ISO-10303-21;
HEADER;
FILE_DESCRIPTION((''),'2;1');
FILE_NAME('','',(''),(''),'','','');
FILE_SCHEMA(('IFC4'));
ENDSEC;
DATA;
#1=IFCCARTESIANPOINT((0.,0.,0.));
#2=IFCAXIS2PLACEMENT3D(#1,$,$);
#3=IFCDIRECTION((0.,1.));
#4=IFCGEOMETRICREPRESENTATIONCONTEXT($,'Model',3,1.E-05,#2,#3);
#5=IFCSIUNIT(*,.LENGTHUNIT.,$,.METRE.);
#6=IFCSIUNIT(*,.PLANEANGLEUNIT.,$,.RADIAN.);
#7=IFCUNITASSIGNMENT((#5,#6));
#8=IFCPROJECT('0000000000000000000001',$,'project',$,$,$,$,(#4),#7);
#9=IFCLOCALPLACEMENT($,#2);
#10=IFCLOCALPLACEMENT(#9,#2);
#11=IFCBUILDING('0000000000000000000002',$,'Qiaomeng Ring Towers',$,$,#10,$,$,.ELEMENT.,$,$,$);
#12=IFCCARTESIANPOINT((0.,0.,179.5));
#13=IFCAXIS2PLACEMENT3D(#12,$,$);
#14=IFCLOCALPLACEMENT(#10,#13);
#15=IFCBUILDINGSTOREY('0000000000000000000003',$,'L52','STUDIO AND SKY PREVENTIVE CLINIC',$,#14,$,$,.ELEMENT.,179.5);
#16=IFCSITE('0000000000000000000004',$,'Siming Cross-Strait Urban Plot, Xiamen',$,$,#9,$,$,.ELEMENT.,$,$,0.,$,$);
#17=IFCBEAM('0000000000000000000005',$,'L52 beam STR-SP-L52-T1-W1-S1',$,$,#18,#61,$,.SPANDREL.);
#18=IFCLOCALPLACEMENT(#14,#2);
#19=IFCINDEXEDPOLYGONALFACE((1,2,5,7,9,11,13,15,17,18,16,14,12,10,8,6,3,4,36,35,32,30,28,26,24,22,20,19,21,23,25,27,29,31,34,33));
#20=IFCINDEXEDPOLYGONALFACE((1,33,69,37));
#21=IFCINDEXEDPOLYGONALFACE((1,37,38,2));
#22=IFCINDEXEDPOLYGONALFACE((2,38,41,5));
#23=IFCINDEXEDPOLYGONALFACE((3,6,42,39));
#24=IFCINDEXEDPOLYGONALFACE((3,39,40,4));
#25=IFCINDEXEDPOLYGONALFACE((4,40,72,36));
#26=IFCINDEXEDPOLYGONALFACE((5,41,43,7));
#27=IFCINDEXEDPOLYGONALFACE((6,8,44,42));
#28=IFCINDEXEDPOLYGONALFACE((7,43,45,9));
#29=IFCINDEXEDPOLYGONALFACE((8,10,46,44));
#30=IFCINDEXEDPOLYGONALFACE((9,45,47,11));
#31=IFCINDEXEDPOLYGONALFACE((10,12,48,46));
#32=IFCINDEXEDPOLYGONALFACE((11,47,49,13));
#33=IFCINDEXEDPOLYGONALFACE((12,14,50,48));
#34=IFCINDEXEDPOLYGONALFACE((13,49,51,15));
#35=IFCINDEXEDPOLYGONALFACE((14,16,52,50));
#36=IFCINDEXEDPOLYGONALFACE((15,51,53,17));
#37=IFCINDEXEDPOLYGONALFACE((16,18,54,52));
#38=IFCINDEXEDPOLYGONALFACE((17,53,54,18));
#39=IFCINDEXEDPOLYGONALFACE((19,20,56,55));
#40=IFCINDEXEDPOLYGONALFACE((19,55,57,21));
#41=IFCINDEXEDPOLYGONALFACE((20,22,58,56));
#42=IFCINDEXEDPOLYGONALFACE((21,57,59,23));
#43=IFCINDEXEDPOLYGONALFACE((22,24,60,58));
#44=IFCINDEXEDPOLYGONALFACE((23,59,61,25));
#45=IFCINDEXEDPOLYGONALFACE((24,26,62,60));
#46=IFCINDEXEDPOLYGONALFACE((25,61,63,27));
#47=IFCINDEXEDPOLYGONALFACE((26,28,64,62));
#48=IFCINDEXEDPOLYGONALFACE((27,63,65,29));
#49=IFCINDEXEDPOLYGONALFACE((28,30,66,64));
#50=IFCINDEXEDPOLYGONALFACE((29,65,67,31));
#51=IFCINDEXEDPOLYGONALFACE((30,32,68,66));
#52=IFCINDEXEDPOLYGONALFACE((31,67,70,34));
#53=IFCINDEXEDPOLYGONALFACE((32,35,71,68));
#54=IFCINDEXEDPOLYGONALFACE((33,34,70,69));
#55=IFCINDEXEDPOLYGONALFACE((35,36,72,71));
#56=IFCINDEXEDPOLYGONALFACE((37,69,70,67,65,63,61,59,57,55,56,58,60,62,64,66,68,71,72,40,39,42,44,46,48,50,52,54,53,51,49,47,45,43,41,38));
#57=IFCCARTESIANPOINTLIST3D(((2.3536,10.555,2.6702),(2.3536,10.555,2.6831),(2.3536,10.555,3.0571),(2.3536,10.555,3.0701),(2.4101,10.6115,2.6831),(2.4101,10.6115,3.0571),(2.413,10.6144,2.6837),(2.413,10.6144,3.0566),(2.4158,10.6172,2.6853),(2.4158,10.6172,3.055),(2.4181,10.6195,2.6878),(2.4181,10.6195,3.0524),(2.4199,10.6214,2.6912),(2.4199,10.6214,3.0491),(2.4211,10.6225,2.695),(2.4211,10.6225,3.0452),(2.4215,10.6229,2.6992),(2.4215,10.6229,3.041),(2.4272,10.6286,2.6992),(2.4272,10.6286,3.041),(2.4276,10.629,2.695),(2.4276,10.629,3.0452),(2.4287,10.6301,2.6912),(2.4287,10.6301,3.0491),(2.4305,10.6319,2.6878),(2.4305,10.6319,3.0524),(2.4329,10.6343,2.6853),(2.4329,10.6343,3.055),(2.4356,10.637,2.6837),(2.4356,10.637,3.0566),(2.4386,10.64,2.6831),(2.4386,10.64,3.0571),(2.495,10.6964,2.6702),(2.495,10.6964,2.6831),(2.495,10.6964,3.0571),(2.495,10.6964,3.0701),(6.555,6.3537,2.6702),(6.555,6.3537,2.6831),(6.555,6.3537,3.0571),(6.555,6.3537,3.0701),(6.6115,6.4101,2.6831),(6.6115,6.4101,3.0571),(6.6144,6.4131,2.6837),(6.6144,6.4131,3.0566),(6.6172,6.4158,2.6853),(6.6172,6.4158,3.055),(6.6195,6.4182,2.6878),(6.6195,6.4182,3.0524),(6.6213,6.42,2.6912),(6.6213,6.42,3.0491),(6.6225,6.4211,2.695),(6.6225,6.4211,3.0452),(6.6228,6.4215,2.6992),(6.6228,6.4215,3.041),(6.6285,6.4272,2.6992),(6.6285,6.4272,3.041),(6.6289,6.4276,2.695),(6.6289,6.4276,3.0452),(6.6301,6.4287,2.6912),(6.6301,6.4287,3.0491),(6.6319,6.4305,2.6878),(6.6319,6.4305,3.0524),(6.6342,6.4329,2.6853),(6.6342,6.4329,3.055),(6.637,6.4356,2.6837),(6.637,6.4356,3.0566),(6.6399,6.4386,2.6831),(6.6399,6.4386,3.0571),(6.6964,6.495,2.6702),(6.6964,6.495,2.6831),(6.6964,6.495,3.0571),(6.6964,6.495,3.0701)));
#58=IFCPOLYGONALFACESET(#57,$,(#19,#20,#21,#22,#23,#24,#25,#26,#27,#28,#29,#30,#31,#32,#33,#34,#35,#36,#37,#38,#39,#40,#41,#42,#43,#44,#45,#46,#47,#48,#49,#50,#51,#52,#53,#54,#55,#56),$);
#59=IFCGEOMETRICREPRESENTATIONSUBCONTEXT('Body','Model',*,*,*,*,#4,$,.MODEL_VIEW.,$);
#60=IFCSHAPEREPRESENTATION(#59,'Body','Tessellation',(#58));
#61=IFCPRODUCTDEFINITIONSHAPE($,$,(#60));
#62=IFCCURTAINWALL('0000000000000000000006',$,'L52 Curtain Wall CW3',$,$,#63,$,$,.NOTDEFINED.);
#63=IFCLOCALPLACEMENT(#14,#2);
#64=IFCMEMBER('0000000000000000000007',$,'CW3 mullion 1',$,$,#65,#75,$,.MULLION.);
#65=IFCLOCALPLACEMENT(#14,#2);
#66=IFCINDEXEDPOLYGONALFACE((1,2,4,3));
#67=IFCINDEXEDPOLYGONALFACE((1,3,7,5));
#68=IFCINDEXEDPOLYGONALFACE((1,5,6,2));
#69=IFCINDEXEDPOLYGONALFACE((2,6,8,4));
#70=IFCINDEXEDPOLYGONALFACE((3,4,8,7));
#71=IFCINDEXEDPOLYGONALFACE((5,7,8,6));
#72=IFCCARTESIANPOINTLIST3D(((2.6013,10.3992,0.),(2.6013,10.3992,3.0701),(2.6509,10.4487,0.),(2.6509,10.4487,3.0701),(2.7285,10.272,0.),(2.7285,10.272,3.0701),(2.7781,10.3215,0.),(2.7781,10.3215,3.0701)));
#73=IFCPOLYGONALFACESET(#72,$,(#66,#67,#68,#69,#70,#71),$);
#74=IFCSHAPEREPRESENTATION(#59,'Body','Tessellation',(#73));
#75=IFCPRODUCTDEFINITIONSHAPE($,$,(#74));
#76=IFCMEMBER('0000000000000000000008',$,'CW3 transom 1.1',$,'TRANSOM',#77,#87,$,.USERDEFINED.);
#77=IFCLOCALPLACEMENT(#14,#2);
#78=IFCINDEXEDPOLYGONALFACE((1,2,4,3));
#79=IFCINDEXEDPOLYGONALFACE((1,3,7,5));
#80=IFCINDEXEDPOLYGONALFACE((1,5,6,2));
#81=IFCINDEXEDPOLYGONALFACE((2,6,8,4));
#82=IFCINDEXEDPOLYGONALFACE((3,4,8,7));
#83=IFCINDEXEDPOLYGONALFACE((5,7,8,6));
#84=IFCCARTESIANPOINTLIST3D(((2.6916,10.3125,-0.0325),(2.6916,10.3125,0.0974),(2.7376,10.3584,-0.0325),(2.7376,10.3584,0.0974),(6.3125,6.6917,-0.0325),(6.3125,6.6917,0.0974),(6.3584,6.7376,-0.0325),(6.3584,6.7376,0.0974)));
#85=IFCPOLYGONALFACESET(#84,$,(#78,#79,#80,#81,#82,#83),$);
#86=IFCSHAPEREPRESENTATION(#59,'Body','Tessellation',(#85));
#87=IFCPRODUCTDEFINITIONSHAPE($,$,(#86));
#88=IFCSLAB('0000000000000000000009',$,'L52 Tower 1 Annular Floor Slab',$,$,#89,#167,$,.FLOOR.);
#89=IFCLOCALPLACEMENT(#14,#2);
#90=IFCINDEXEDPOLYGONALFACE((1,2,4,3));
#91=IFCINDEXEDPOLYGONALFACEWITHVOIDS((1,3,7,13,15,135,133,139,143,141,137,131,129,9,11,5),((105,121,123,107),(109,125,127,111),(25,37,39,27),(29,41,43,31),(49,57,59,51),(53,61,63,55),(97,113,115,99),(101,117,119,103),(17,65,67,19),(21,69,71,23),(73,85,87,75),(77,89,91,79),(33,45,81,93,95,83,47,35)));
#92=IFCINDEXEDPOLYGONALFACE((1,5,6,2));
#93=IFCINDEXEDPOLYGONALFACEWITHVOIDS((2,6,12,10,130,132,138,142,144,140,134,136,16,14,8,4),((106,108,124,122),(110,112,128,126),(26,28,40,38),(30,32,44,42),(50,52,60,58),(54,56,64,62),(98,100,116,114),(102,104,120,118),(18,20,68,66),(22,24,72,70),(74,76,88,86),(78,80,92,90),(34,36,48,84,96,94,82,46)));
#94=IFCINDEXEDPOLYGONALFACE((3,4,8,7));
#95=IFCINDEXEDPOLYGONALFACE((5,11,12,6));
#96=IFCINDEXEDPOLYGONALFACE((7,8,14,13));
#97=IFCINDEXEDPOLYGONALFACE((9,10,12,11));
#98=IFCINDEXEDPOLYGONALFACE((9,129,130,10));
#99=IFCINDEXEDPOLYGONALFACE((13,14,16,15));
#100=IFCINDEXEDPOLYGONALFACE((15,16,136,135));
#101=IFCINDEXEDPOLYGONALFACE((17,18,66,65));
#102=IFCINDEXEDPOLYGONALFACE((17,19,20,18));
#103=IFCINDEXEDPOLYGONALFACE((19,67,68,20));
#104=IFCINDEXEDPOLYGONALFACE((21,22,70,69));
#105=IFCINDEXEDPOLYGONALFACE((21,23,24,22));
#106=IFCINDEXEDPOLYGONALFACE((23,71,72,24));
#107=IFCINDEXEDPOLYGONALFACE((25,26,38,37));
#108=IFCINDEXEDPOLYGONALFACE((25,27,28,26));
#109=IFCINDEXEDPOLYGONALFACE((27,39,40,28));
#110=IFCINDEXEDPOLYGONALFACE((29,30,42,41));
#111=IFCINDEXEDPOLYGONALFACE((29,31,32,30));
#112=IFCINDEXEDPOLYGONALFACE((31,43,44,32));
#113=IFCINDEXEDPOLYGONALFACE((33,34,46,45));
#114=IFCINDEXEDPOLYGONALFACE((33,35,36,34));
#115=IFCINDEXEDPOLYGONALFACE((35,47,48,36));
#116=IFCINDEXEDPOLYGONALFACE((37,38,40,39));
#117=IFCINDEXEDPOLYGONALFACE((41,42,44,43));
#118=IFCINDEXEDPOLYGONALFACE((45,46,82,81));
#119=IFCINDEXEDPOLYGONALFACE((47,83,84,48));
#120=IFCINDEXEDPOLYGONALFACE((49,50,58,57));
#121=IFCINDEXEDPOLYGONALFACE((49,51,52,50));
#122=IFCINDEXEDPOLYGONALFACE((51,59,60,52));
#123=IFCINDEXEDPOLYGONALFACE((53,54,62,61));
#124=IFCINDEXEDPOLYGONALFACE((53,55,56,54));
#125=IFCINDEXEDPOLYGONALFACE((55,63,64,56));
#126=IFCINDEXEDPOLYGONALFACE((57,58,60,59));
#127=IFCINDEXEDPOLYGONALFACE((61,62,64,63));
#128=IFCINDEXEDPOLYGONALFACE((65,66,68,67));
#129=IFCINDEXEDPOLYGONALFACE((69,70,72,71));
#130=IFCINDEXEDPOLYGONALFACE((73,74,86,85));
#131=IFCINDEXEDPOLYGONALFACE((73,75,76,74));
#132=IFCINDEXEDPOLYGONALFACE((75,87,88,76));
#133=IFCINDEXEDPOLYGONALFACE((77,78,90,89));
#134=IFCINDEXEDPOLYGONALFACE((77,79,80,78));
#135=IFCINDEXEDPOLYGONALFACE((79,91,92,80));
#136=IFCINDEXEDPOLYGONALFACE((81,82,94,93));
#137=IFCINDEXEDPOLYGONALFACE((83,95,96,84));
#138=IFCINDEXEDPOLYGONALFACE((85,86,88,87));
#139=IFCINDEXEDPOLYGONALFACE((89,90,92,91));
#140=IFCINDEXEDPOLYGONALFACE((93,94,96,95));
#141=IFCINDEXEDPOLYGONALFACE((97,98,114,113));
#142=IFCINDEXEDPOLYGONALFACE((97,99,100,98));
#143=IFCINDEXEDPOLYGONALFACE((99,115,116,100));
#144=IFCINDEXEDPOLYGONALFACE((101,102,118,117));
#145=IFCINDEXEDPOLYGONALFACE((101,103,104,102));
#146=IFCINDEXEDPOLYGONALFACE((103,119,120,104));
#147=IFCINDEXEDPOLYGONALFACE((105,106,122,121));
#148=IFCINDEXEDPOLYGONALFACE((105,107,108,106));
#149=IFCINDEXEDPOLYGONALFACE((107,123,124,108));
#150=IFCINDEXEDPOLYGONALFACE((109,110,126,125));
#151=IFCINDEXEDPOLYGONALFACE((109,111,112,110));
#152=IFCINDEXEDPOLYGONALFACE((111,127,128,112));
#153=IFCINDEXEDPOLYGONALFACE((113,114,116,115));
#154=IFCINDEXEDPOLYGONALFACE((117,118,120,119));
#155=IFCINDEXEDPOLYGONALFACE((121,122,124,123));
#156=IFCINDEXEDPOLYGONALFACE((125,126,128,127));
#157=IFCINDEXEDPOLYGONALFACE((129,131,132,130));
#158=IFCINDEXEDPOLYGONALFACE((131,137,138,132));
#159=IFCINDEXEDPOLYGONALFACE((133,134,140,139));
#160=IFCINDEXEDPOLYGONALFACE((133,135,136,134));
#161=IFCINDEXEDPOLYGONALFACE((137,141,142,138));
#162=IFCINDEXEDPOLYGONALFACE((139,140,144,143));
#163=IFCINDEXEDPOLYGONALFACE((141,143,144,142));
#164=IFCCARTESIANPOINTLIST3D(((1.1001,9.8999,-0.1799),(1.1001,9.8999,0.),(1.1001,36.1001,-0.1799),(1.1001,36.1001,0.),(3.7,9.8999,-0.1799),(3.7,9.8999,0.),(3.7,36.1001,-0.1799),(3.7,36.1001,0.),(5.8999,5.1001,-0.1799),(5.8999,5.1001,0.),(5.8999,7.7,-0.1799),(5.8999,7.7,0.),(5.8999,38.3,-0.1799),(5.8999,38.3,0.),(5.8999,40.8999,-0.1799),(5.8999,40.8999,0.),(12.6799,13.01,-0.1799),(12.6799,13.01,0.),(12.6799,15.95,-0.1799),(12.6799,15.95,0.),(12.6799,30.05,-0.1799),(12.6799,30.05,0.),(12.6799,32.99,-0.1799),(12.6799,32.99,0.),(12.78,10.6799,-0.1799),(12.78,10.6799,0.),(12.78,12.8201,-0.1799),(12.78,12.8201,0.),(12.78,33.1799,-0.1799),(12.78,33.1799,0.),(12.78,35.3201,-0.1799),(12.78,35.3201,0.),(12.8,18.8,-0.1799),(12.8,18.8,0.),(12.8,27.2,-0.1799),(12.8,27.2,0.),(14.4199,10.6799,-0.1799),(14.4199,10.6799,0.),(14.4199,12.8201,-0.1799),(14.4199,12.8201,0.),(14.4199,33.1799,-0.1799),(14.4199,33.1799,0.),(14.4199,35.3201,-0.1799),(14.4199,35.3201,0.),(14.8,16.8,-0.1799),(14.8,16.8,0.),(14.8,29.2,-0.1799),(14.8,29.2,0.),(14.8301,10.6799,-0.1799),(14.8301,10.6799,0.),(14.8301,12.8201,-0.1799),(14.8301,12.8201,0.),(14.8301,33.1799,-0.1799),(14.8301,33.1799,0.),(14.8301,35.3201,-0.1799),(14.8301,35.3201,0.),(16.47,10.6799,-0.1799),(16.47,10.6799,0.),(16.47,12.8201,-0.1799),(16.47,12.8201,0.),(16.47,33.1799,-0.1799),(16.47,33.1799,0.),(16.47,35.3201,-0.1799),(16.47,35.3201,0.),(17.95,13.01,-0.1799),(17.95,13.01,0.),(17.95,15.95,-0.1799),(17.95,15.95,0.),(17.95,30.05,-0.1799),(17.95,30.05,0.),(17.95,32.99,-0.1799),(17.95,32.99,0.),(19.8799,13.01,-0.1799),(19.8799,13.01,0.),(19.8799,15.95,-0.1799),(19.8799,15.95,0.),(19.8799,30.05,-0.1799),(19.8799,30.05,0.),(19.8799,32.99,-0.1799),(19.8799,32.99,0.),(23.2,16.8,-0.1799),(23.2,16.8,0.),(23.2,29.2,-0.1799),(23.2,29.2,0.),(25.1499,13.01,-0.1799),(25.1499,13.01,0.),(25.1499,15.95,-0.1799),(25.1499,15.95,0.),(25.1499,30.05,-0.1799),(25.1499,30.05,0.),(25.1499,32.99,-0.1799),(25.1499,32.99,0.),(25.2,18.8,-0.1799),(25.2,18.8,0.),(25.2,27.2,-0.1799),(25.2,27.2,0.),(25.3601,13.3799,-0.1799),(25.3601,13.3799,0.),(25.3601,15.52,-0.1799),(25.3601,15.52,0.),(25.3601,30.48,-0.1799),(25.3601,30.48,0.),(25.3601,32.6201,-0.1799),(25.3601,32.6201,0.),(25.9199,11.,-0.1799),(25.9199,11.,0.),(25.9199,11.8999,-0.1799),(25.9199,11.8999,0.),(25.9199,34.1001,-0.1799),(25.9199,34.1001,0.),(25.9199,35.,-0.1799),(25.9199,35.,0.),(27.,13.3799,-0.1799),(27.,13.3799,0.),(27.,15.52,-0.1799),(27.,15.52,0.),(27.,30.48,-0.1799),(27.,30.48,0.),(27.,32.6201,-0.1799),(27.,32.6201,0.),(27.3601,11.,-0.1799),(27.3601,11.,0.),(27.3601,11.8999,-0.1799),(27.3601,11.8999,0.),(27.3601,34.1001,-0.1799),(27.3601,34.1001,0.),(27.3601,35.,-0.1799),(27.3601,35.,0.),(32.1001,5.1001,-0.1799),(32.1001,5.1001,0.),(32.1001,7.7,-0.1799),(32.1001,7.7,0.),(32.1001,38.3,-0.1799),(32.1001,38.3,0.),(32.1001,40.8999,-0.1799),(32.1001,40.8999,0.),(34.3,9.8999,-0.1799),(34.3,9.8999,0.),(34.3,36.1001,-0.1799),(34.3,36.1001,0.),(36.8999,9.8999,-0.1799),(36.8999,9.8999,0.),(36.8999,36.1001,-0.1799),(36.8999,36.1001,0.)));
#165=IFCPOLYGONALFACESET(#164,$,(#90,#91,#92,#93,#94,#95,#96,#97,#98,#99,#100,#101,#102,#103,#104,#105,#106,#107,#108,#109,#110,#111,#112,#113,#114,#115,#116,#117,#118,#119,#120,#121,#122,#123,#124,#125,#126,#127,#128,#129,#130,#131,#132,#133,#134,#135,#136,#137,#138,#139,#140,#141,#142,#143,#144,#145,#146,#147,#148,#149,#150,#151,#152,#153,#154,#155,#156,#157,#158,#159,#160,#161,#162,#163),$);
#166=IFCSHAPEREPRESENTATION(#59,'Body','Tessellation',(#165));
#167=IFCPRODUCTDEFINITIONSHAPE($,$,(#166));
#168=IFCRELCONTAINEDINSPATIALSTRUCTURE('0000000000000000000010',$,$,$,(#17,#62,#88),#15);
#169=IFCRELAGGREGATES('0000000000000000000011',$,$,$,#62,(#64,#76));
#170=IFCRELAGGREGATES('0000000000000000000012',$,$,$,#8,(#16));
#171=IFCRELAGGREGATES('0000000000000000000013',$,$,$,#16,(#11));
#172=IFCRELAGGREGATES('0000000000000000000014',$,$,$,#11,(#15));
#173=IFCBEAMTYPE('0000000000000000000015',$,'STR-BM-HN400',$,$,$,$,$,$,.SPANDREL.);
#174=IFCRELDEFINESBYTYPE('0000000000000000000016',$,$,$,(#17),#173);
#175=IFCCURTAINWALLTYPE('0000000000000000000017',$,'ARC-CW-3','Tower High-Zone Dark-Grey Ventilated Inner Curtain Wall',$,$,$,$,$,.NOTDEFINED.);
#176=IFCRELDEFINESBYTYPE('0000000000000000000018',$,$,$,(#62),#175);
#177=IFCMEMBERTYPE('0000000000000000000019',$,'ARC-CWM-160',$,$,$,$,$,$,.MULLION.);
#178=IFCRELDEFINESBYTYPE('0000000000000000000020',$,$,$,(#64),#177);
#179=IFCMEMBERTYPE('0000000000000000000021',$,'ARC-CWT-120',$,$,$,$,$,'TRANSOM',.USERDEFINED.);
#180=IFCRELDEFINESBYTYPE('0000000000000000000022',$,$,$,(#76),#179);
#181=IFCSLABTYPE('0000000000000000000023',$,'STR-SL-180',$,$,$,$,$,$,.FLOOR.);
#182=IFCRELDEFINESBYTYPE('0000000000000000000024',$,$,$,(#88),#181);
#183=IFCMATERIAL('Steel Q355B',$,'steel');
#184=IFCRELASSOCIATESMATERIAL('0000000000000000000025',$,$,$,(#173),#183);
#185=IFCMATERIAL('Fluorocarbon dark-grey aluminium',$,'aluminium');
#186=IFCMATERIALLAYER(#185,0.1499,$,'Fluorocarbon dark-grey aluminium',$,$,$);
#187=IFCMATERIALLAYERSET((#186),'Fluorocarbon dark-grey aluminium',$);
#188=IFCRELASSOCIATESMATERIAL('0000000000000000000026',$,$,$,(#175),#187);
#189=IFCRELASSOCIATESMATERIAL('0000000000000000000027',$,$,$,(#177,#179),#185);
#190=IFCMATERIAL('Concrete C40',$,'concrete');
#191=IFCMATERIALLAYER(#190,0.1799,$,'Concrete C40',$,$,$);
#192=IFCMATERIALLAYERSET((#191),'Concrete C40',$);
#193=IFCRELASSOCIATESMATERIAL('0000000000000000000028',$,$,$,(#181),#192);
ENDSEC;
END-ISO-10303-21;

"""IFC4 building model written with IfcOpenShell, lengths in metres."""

from ifc_helpers import new_model, si_unit, direction, frame, origin, origin_2d, place, context, subcontext, project, spatial, polyline, rectangle, i_section, outline, extrude, source, transform, mapped, material, layer, layer_set, material_profile, profile_set, type_object, element, aggregate, save


model = new_model("IFC4")

# Units and contexts
model_context = context("Model", 3, precision=1e-05, world=origin(), true_north=direction((0.0, 1.0)))
body_context = subcontext(model_context, "Body", "Model", "MODEL_VIEW")
ifc_project = project(units=[si_unit("LENGTHUNIT", "METRE"), si_unit("PLANEANGLEUNIT", "RADIAN")], contexts=[model_context])

# Site, building, storey
site_placement = place(None, origin())
site = spatial("IfcSite", under=ifc_project, at=site_placement, Name="Siming Cross-Strait Urban Plot, Xiamen", CompositionType="ELEMENT", RefElevation=0.0)
building_placement = place(site_placement, origin())
building = spatial("IfcBuilding", under=site, at=building_placement, Name="Qiaomeng Ring Towers", CompositionType="ELEMENT")
storey_placement = place(building_placement, frame((0.0, 0.0, 179.5)))
storey = spatial("IfcBuildingStorey", under=building, at=storey_placement, Name="L52", Description="STUDIO AND SKY PREVENTIVE CLINIC", CompositionType="ELEMENT", Elevation=179.5)

# Beam
ifc_material_1 = material(Name="Steel Q355B", Category="steel")
ifc_material_profile_1 = material_profile(ifc_material_1, i_section(OverallWidth=0.2, OverallDepth=0.3999, WebThickness=0.0081, FlangeThickness=0.0129, FilletRadius=0.0161, at=origin_2d()), Name="HN 400x200x8x13")
ifc_profile_set_1 = profile_set([ifc_material_profile_1], Name="Steel Q355B")
beam_type = type_object("IfcBeamType", Name="STR-BM-HN400", PredefinedType="SPANDREL", material=ifc_profile_set_1)
shared_shape_1 = source(origin(), body_context, "Body", "SweptSolid", [
    extrude(i_section(OverallWidth=0.2, OverallDepth=0.3999, WebThickness=0.0081, FlangeThickness=0.0129, FilletRadius=0.0161, at=origin_2d()), origin(), (0.0, 0.0, 1.0), 5.9417),
])
beam_placement = place(storey_placement, frame((2.4243, 10.6257, 2.8701), z_axis=(0.707107, -0.707107, 0.0), x_axis=(0.707107, 0.707107, 0.0)))
element("IfcBeam", 1, at=beam_placement, inside=storey, type_object=beam_type, Name="L52 beam STR-SP-L52-T1-W1-S1", PredefinedType="SPANDREL", context=body_context, shape_type="MappedRepresentation", body=[
    mapped(shared_shape_1, transform((0.0, 0.0, 0.0), x_axis=(1.0, 0.0, 0.0), y_axis=(0.0, 1.0, 0.0), z_axis=(0.0, 0.0, 1.0), scale=1.0)),
])

# Curtain wall, members
ifc_material_2 = material(Name="Fluorocarbon dark-grey aluminium", Category="aluminium")
ifc_layer_1 = layer(ifc_material_2, 0.1499, Name="Fluorocarbon dark-grey aluminium")
ifc_layer_set_1 = layer_set([ifc_layer_1], Name="Fluorocarbon dark-grey aluminium")
curtain_wall_type = type_object("IfcCurtainWallType", Name="ARC-CW-3", Description="Tower High-Zone Dark-Grey Ventilated Inner Curtain Wall", PredefinedType="NOTDEFINED", material=ifc_layer_set_1)
curtain_wall_placement = place(storey_placement, origin())
curtain_wall = element("IfcCurtainWall", 2, at=curtain_wall_placement, inside=storey, type_object=curtain_wall_type, Name="L52 Curtain Wall CW3", PredefinedType="NOTDEFINED")
ifc_material_profile_2 = material_profile(ifc_material_2, rectangle(XDim=0.0701, YDim=0.1799, at=origin_2d()), Name="ALU MULL 70x180")
ifc_profile_set_2 = profile_set([ifc_material_profile_2], Name="Fluorocarbon dark-grey aluminium")
member_type_1 = type_object("IfcMemberType", Name="ARC-CWM-160", PredefinedType="MULLION", material=ifc_profile_set_2)
shared_shape_2 = source(origin(), body_context, "Body", "SweptSolid", [
    extrude(rectangle(XDim=0.0701, YDim=0.1799, at=origin_2d()), origin(), (0.0, 0.0, 1.0), 3.0701),
])
member_1_placement = place(storey_placement, frame((2.6897, 10.3604, 0.0), z_axis=(0.0, 0.0, 1.0), x_axis=(0.707107, 0.707107, 0.0)))
member_1 = element("IfcMember", 3, at=member_1_placement, type_object=member_type_1, Name="CW3 mullion 1", PredefinedType="MULLION", context=body_context, shape_type="MappedRepresentation", body=[
    mapped(shared_shape_2, transform((0.0, 0.0, 0.0), x_axis=(1.0, 0.0, 0.0), y_axis=(0.0, 1.0, 0.0), z_axis=(0.0, 0.0, 1.0), scale=1.0)),
])
ifc_material_profile_3 = material_profile(ifc_material_2, rectangle(XDim=0.0649, YDim=0.1299, at=origin_2d()), Name="ALU TRAN 65x130")
ifc_profile_set_3 = profile_set([ifc_material_profile_3], Name="Fluorocarbon dark-grey aluminium")
member_type_2 = type_object("IfcMemberType", Name="ARC-CWT-120", ElementType="TRANSOM", PredefinedType="USERDEFINED", material=ifc_profile_set_3)
shared_shape_3 = source(origin(), body_context, "Body", "SweptSolid", [
    extrude(rectangle(XDim=0.0649, YDim=0.1299, at=origin_2d()), origin(), (0.0, 0.0, 1.0), 5.1206),
])
member_2_placement = place(storey_placement, frame((2.7146, 10.3354, 0.0325), z_axis=(0.707107, -0.707107, 0.0), x_axis=(0.707107, 0.707107, 0.0)))
member_2 = element("IfcMember", 4, at=member_2_placement, type_object=member_type_2, Name="CW3 transom 1.1", ObjectType="TRANSOM", PredefinedType="USERDEFINED", context=body_context, shape_type="MappedRepresentation", body=[
    mapped(shared_shape_3, transform((0.0, 0.0, 0.0), x_axis=(1.0, 0.0, 0.0), y_axis=(0.0, 1.0, 0.0), z_axis=(0.0, 0.0, 1.0), scale=1.0)),
])
aggregate(curtain_wall, [member_1, member_2])

# Slab
ifc_material_3 = material(Name="Concrete C40", Category="concrete")
ifc_layer_2 = layer(ifc_material_3, 0.1799, Name="Concrete C40")
ifc_layer_set_2 = layer_set([ifc_layer_2], Name="Concrete C40")
slab_type_1 = type_object("IfcSlabType", Name="STR-SL-180", PredefinedType="FLOOR", material=ifc_layer_set_2)
slab_1_placement = place(storey_placement, frame((0.0, 0.0, -0.1799)))
element("IfcSlab", 5, at=slab_1_placement, inside=storey, type_object=slab_type_1, Name="L52 Tower 1 Annular Floor Slab", PredefinedType="FLOOR", context=body_context, shape_type="SweptSolid", body=[
    extrude(outline(polyline([(5.8999, 5.1001), (32.1001, 5.1001), (32.1001, 7.7), (34.3, 9.8999), (36.8999, 9.8999), (36.8999, 36.1001), (34.3, 36.1001), (32.1001, 38.3), (32.1001, 40.8999), (5.8999, 40.8999), (5.8999, 38.3), (3.7, 36.1001), (1.1001, 36.1001), (1.1001, 9.8999), (3.7, 9.8999), (5.8999, 7.7), (5.8999, 5.1001)]), holes=[polyline([(12.78, 10.6799), (12.78, 12.8201), (14.4199, 12.8201), (14.4199, 10.6799), (12.78, 10.6799)]), polyline([(14.8301, 12.8201), (16.47, 12.8201), (16.47, 10.6799), (14.8301, 10.6799), (14.8301, 12.8201)]), polyline([(12.6799, 15.95), (17.95, 15.95), (17.95, 13.01), (12.6799, 13.01), (12.6799, 15.95)]), polyline([(23.2, 29.2), (25.2, 27.2), (25.2, 18.8), (23.2, 16.8), (14.8, 16.8), (12.8, 18.8), (12.8, 27.2), (14.8, 29.2), (23.2, 29.2)]), polyline([(12.6799, 32.99), (17.95, 32.99), (17.95, 30.05), (12.6799, 30.05), (12.6799, 32.99)]), polyline([(12.78, 35.3201), (14.4199, 35.3201), (14.4199, 33.1799), (12.78, 33.1799), (12.78, 35.3201)]), polyline([(14.8301, 33.1799), (14.8301, 35.3201), (16.47, 35.3201), (16.47, 33.1799), (14.8301, 33.1799)]), polyline([(25.9199, 11.8999), (27.3601, 11.8999), (27.3601, 11.0), (25.9199, 11.0), (25.9199, 11.8999)]), polyline([(25.3601, 15.52), (27.0, 15.52), (27.0, 13.3799), (25.3601, 13.3799), (25.3601, 15.52)]), polyline([(19.8799, 15.95), (25.1499, 15.95), (25.1499, 13.01), (19.8799, 13.01), (19.8799, 15.95)]), polyline([(19.8799, 32.99), (25.1499, 32.99), (25.1499, 30.05), (19.8799, 30.05), (19.8799, 32.99)]), polyline([(25.3601, 32.6201), (27.0, 32.6201), (27.0, 30.48), (25.3601, 30.48), (25.3601, 32.6201)]), polyline([(25.9199, 35.0), (27.3601, 35.0), (27.3601, 34.1001), (25.9199, 34.1001), (25.9199, 35.0)])]), origin(), (0.0, 0.0, 1.0), 0.1799),
])

save(model, "model.ifc")
